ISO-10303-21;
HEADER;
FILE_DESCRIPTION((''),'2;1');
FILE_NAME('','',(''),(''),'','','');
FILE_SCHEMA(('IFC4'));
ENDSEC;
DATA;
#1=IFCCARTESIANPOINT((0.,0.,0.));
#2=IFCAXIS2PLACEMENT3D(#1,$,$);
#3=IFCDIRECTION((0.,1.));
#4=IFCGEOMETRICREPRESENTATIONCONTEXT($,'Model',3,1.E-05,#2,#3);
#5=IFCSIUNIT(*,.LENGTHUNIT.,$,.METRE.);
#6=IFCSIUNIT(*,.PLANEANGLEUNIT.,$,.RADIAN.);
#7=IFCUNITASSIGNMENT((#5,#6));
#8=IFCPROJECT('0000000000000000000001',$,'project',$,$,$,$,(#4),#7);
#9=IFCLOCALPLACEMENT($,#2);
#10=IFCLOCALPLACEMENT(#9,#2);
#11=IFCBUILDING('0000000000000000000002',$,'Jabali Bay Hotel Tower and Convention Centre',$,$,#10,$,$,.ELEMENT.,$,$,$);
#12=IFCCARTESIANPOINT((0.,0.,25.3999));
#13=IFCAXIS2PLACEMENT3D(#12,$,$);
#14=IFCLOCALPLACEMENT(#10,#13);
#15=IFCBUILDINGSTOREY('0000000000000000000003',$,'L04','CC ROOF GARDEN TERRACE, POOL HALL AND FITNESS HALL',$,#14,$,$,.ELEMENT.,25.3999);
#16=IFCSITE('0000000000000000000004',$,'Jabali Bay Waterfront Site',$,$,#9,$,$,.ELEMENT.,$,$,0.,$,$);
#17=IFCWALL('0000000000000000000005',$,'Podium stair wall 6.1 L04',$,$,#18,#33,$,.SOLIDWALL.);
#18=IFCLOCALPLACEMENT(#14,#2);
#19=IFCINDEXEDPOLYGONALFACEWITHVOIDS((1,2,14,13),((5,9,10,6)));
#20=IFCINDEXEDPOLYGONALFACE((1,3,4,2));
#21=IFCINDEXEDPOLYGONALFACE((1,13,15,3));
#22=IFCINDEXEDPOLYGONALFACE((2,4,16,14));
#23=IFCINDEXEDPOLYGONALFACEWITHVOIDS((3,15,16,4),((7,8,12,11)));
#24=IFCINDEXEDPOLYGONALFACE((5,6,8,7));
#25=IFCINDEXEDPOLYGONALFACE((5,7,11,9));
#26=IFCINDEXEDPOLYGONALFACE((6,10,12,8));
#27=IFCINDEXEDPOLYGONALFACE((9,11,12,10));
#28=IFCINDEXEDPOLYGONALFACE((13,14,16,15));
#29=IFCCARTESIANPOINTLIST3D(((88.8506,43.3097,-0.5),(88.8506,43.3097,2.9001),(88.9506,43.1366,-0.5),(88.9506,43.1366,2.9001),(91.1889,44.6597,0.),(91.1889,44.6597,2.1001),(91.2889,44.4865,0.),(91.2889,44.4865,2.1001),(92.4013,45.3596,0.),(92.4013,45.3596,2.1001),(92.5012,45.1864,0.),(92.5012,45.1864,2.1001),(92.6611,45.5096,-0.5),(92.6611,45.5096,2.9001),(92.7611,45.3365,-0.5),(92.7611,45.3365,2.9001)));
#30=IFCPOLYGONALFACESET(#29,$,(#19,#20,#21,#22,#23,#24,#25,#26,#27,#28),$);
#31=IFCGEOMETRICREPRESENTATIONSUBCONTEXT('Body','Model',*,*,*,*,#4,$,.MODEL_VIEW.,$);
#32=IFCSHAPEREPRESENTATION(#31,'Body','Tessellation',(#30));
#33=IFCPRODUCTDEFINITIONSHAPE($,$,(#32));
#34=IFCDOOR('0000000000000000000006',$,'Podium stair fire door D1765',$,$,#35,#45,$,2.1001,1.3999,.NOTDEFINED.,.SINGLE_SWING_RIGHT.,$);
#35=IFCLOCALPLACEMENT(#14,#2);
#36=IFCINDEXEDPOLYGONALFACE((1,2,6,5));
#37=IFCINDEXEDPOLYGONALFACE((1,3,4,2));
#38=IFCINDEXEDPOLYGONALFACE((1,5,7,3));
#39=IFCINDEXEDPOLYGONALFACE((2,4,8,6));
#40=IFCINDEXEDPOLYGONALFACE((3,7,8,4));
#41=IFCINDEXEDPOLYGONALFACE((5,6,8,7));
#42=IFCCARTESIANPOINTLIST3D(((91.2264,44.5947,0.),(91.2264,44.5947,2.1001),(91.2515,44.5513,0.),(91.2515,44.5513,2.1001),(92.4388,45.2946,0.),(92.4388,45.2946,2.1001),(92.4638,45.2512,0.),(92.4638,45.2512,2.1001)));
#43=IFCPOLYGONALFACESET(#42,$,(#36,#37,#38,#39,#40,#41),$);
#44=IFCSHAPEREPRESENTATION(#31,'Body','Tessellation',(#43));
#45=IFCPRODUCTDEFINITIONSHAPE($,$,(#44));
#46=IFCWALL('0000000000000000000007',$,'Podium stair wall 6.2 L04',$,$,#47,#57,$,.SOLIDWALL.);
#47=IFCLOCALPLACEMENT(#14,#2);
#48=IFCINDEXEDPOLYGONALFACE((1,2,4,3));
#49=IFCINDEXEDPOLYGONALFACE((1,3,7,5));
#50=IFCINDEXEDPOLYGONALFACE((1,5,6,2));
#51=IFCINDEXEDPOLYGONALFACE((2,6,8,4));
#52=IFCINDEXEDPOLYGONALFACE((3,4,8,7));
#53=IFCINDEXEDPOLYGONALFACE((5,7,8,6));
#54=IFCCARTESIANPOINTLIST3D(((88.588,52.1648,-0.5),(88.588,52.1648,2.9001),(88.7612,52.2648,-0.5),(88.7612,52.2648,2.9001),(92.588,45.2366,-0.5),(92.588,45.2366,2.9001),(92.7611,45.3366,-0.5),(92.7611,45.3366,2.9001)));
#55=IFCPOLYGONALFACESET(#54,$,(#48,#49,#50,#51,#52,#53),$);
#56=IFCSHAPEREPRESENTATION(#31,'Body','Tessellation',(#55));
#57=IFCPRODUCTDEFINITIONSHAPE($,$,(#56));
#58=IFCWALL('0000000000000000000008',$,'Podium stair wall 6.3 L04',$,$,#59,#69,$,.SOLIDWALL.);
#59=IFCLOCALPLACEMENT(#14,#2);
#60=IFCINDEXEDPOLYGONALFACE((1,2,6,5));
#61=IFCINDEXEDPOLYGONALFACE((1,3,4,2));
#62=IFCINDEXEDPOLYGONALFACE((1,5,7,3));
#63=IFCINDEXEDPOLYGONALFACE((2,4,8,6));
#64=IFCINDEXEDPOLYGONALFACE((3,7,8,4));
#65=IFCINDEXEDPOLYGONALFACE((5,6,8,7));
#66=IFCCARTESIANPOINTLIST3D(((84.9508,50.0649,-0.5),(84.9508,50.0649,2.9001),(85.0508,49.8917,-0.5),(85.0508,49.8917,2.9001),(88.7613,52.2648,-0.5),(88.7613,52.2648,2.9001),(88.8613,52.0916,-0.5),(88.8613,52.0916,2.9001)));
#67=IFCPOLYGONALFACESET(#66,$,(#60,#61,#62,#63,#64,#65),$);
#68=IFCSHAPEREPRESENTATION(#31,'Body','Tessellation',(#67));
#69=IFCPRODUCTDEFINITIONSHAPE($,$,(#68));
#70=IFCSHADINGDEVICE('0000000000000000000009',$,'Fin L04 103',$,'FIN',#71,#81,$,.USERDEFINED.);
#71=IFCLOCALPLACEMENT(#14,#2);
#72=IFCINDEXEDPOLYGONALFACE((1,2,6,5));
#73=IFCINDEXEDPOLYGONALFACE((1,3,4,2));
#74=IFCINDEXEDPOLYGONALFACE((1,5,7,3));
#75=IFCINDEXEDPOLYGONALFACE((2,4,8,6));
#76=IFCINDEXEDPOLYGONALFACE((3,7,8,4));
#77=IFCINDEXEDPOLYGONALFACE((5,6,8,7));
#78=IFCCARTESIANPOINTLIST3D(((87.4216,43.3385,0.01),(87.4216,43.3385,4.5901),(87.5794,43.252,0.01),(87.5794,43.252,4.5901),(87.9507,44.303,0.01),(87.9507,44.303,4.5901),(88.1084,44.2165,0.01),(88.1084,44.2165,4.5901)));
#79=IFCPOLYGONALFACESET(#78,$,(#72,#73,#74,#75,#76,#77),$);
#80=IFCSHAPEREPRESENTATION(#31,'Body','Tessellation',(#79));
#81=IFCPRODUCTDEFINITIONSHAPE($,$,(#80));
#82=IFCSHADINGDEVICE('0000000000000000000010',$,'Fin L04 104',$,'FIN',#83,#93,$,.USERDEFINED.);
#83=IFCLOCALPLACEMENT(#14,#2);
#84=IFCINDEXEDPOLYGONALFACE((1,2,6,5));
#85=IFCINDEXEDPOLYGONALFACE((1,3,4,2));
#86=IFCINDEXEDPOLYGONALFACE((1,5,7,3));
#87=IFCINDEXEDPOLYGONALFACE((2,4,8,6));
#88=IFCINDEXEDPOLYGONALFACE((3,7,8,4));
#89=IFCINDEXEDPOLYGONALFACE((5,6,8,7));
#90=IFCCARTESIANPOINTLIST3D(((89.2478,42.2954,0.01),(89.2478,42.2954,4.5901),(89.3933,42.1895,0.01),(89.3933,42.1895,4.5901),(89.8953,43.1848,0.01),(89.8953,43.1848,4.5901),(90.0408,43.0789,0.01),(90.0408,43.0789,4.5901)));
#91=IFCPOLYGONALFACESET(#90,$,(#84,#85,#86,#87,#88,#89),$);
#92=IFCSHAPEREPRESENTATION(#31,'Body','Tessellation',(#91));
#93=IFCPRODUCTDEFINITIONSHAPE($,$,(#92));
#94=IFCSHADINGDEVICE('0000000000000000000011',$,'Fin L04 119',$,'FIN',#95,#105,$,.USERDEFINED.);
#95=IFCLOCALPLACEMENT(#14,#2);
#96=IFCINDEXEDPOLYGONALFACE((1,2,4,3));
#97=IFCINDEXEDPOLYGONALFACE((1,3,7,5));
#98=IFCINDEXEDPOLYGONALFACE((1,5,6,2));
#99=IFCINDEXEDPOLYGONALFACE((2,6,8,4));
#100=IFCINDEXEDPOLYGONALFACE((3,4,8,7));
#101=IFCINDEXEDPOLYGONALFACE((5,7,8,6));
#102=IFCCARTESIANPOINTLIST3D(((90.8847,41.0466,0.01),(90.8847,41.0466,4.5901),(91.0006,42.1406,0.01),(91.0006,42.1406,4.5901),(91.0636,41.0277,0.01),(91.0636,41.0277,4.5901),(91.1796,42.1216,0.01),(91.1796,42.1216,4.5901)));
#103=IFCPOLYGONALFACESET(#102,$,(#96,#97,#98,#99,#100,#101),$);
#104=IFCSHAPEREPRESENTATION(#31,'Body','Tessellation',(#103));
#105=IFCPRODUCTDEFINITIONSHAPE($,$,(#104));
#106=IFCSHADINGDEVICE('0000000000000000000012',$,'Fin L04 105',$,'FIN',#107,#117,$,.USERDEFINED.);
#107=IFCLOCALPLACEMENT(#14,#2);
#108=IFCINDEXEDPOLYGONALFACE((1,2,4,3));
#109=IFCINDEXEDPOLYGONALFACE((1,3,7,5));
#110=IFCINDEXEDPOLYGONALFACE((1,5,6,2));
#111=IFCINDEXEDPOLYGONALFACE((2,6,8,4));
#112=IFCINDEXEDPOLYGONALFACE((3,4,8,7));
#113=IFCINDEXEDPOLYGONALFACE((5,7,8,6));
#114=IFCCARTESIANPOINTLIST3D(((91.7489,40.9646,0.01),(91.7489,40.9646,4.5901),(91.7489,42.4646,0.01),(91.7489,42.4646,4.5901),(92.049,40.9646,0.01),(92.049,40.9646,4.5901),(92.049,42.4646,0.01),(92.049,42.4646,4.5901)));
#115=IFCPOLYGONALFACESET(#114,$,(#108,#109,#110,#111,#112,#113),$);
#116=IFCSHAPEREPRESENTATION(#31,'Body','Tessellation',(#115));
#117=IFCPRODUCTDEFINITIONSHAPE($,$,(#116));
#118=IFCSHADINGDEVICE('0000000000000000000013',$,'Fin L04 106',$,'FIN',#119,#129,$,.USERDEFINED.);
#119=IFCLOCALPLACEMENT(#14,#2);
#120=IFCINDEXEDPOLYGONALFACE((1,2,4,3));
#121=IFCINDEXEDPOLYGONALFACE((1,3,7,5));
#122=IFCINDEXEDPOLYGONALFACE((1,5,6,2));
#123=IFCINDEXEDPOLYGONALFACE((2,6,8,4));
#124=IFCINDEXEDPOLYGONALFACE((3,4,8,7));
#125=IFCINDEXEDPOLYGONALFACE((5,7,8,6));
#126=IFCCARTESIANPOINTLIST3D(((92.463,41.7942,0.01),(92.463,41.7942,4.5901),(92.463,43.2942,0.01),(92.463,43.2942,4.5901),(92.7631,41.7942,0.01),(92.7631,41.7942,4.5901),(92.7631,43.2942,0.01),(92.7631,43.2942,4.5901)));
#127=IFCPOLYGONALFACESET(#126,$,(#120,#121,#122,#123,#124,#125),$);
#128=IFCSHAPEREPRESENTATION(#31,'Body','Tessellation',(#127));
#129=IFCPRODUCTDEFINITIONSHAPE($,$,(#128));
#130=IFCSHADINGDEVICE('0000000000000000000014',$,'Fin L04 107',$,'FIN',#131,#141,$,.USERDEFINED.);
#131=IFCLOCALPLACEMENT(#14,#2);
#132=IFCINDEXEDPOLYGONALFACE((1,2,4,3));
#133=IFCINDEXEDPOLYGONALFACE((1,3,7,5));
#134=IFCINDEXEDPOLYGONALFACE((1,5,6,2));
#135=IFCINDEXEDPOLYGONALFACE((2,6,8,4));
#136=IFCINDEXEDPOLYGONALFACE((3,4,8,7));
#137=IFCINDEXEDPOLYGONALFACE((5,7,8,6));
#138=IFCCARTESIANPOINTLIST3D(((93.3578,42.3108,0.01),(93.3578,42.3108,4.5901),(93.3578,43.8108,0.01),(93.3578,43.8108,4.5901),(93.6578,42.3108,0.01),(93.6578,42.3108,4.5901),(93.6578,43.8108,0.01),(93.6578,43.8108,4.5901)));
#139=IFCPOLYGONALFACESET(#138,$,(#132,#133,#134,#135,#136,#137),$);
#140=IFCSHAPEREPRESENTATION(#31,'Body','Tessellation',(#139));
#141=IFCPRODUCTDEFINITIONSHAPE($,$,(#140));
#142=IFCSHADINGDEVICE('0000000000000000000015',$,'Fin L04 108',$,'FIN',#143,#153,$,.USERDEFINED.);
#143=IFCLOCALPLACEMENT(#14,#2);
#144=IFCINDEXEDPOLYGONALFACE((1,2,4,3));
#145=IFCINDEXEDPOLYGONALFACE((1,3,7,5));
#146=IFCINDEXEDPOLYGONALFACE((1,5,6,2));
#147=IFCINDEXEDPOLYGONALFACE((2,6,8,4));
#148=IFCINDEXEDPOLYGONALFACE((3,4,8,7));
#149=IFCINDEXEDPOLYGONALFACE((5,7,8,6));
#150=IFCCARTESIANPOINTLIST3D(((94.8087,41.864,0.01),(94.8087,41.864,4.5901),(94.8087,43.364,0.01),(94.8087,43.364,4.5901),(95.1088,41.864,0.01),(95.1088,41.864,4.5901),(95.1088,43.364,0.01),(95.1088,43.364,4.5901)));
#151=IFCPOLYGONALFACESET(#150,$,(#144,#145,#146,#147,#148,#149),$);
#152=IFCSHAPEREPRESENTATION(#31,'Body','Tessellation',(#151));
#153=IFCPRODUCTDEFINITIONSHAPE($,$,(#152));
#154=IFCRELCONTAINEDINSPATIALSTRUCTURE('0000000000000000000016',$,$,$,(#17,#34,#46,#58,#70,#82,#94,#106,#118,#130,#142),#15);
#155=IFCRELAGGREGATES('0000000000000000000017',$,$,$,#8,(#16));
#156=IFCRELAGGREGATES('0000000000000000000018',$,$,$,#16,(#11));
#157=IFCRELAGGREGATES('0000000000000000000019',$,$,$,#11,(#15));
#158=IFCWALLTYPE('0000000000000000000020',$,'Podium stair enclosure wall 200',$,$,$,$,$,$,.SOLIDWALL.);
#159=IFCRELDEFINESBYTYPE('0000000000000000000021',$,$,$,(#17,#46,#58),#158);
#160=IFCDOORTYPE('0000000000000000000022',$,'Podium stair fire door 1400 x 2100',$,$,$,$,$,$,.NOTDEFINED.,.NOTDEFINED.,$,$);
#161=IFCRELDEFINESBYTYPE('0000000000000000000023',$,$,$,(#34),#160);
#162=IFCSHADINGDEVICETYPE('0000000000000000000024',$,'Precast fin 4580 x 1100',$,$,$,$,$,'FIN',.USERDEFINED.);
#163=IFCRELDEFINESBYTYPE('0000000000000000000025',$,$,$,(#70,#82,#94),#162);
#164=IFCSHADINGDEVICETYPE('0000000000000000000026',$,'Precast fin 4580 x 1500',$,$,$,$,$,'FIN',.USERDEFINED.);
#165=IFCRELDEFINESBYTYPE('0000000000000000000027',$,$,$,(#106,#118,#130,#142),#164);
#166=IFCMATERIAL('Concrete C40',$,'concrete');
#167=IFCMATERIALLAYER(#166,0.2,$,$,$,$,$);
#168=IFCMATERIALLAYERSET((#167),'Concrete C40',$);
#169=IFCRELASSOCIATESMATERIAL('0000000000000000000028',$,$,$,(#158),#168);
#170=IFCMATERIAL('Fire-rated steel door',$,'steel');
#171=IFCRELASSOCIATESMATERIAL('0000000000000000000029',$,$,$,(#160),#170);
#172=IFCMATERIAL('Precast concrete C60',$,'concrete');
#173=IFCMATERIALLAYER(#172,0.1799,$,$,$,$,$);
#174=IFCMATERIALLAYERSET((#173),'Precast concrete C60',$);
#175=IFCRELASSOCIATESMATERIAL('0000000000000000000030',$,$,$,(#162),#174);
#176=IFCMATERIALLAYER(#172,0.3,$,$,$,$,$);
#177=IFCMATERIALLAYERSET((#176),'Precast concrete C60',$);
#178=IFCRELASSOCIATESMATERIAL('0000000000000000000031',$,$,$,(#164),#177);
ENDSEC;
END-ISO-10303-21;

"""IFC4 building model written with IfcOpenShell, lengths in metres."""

from ifc_helpers import new_model, si_unit, direction, frame, frame_2d, origin, place, context, subcontext, project, spatial, rectangle, extrude, material, layer, layer_set, type_object, element, fill, save


model = new_model("IFC4")

# Units and contexts
model_context = context("Model", 3, precision=1e-05, world=origin(), true_north=direction((0.0, 1.0)))
body_context = subcontext(model_context, "Body", "Model", "MODEL_VIEW")
ifc_project = project(units=[si_unit("LENGTHUNIT", "METRE"), si_unit("PLANEANGLEUNIT", "RADIAN")], contexts=[model_context])

# Site, building, storey
site_placement = place(None, origin())
site = spatial("IfcSite", under=ifc_project, at=site_placement, Name="Jabali Bay Waterfront Site", CompositionType="ELEMENT", RefElevation=0.0)
building_placement = place(site_placement, origin())
building = spatial("IfcBuilding", under=site, at=building_placement, Name="Jabali Bay Hotel Tower and Convention Centre", CompositionType="ELEMENT")
storey_placement = place(building_placement, frame((0.0, 0.0, 25.3999)))
storey = spatial("IfcBuildingStorey", under=building, at=storey_placement, Name="L04", Description="CC ROOF GARDEN TERRACE, POOL HALL AND FITNESS HALL", CompositionType="ELEMENT", Elevation=25.3999)

# Shared definitions
ifc_material_1 = material(Name="Concrete C40", Category="concrete")
ifc_layer_1 = layer(ifc_material_1, 0.2)
ifc_layer_set_1 = layer_set([ifc_layer_1], Name="Concrete C40")
wall_type_1 = type_object("IfcWallType", Name="Podium stair enclosure wall 200", PredefinedType="SOLIDWALL", material=ifc_layer_set_1)

# Wall, opening, door
wall_1_placement = place(storey_placement, frame((88.9006, 43.2231, -0.5), z_axis=(0.0, 0.0, 1.0), x_axis=(0.866032, 0.499988, 0.0)))
wall_1 = element("IfcWall", 1, at=wall_1_placement, inside=storey, type_object=wall_type_1, Name="Podium stair wall 6.1 L04", PredefinedType="SOLIDWALL", context=body_context, shape_type="SweptSolid", body=[
    extrude(rectangle(XDim=4.3999, YDim=0.2, at=frame_2d((2.2, 0.0))), origin(), (0.0, 0.0, 1.0), 3.4001),
])
opening_placement = place(wall_1_placement, frame((2.7, 0.0, 0.5)))
opening = element("IfcOpeningElement", 2, at=opening_placement, cuts=wall_1, PredefinedType="OPENING", context=body_context, shape_type="SweptSolid", body=[
    extrude(rectangle(XDim=1.3999, YDim=2.1001, at=frame_2d((0.7, 1.05))), frame((0.0, 0.1104, 0.0), z_axis=(0.0, -1.0, 0.0), x_axis=(1.0, 0.0, 0.0)), (0.0, 0.0, 1.0), 0.2209),
])
ifc_material_2 = material(Name="Fire-rated steel door", Category="steel")
door_type = type_object("IfcDoorType", Name="Podium stair fire door 1400 x 2100", OperationType="NOTDEFINED", PredefinedType="NOTDEFINED", material=ifc_material_2)
door_placement = place(opening_placement, origin())
door = element("IfcDoor", 3, at=door_placement, inside=storey, type_object=door_type, Name="Podium stair fire door D1765", OperationType="SINGLE_SWING_RIGHT", OverallHeight=2.1001, OverallWidth=1.3999, PredefinedType="NOTDEFINED", context=body_context, shape_type="SweptSolid", body=[
    extrude(rectangle(XDim=1.3999, YDim=2.1001, at=frame_2d((0.7, 1.05))), frame((0.0, 0.0249, 0.0), z_axis=(0.0, -1.0, 0.0), x_axis=(1.0, 0.0, 0.0)), (0.0, 0.0, 1.0), 0.05),
])
fill(opening, door)

# Walls
wall_2_placement = place(storey_placement, frame((92.6746, 45.2866, -0.5), z_axis=(0.0, 0.0, 1.0), x_axis=(-0.499999, 0.866026, 0.0)))
element("IfcWall", 4, at=wall_2_placement, inside=storey, type_object=wall_type_1, Name="Podium stair wall 6.2 L04", PredefinedType="SOLIDWALL", context=body_context, shape_type="SweptSolid", body=[
    extrude(rectangle(XDim=8.0, YDim=0.2, at=frame_2d((4.0, 0.0))), origin(), (0.0, 0.0, 1.0), 3.4001),
])
wall_3_placement = place(storey_placement, frame((88.8113, 52.1782, -0.5), z_axis=(0.0, 0.0, 1.0), x_axis=(-0.866032, -0.499988, 0.0)))
element("IfcWall", 5, at=wall_3_placement, inside=storey, type_object=wall_type_1, Name="Podium stair wall 6.3 L04", PredefinedType="SOLIDWALL", context=body_context, shape_type="SweptSolid", body=[
    extrude(rectangle(XDim=4.3999, YDim=0.2, at=frame_2d((2.2, 0.0))), origin(), (0.0, 0.0, 1.0), 3.4001),
])

# Shading devices
ifc_material_3 = material(Name="Precast concrete C60", Category="concrete")
ifc_layer_2 = layer(ifc_material_3, 0.1799)
ifc_layer_set_2 = layer_set([ifc_layer_2], Name="Precast concrete C60")
shading_device_type_1 = type_object("IfcShadingDeviceType", Name="Precast fin 4580 x 1100", ElementType="FIN", PredefinedType="USERDEFINED", material=ifc_layer_set_2)
for number, where, z_axis, x_axis, name in (
    (6, (88.0295, 44.2598, 0.01), (0.0, 0.0, 1.0), (-0.480888, -0.876782, 0.0), "Fin L04 103"),
    (7, (89.968, 43.1318, 0.01), (0.0, 0.0, 1.0), (-0.588541, -0.808467, 0.0), "Fin L04 104"),
    (8, (91.0901, 42.1311, 0.01), (0.0, 0.0, 1.0), (-0.105413, -0.994429, 0.0), "Fin L04 119"),
):
    element("IfcShadingDevice", number, at=place(storey_placement, frame(where, z_axis=z_axis, x_axis=x_axis)), inside=storey, type_object=shading_device_type_1, Name=name, ObjectType="FIN", PredefinedType="USERDEFINED", context=body_context, shape_type="SweptSolid", body=[
        extrude(rectangle(XDim=1.1001, YDim=0.1799, at=frame_2d((0.55, 0.0))), origin(), (0.0, 0.0, 1.0), 4.5801),
    ])
ifc_layer_3 = layer(ifc_material_3, 0.3)
ifc_layer_set_3 = layer_set([ifc_layer_3], Name="Precast concrete C60")
shading_device_type_2 = type_object("IfcShadingDeviceType", Name="Precast fin 4580 x 1500", ElementType="FIN", PredefinedType="USERDEFINED", material=ifc_layer_set_3)
for number, where, z_axis, x_axis, name in (
    (9, (91.8989, 42.4646, 0.01), (0.0, 0.0, 1.0), (0.0, -1.0, 0.0), "Fin L04 105"),
    (10, (92.613, 43.2942, 0.01), (0.0, 0.0, 1.0), (0.0, -1.0, 0.0), "Fin L04 106"),
    (11, (93.5078, 43.8108, 0.01), (0.0, 0.0, 1.0), (0.0, -1.0, 0.0), "Fin L04 107"),
    (12, (94.9587, 43.364, 0.01), (0.0, 0.0, 1.0), (0.0, -1.0, 0.0), "Fin L04 108"),
):
    element("IfcShadingDevice", number, at=place(storey_placement, frame(where, z_axis=z_axis, x_axis=x_axis)), inside=storey, type_object=shading_device_type_2, Name=name, ObjectType="FIN", PredefinedType="USERDEFINED", context=body_context, shape_type="SweptSolid", body=[
        extrude(rectangle(XDim=1.5, YDim=0.3, at=frame_2d((0.75, 0.0))), origin(), (0.0, 0.0, 1.0), 4.5801),
    ])

save(model, "model.ifc")
